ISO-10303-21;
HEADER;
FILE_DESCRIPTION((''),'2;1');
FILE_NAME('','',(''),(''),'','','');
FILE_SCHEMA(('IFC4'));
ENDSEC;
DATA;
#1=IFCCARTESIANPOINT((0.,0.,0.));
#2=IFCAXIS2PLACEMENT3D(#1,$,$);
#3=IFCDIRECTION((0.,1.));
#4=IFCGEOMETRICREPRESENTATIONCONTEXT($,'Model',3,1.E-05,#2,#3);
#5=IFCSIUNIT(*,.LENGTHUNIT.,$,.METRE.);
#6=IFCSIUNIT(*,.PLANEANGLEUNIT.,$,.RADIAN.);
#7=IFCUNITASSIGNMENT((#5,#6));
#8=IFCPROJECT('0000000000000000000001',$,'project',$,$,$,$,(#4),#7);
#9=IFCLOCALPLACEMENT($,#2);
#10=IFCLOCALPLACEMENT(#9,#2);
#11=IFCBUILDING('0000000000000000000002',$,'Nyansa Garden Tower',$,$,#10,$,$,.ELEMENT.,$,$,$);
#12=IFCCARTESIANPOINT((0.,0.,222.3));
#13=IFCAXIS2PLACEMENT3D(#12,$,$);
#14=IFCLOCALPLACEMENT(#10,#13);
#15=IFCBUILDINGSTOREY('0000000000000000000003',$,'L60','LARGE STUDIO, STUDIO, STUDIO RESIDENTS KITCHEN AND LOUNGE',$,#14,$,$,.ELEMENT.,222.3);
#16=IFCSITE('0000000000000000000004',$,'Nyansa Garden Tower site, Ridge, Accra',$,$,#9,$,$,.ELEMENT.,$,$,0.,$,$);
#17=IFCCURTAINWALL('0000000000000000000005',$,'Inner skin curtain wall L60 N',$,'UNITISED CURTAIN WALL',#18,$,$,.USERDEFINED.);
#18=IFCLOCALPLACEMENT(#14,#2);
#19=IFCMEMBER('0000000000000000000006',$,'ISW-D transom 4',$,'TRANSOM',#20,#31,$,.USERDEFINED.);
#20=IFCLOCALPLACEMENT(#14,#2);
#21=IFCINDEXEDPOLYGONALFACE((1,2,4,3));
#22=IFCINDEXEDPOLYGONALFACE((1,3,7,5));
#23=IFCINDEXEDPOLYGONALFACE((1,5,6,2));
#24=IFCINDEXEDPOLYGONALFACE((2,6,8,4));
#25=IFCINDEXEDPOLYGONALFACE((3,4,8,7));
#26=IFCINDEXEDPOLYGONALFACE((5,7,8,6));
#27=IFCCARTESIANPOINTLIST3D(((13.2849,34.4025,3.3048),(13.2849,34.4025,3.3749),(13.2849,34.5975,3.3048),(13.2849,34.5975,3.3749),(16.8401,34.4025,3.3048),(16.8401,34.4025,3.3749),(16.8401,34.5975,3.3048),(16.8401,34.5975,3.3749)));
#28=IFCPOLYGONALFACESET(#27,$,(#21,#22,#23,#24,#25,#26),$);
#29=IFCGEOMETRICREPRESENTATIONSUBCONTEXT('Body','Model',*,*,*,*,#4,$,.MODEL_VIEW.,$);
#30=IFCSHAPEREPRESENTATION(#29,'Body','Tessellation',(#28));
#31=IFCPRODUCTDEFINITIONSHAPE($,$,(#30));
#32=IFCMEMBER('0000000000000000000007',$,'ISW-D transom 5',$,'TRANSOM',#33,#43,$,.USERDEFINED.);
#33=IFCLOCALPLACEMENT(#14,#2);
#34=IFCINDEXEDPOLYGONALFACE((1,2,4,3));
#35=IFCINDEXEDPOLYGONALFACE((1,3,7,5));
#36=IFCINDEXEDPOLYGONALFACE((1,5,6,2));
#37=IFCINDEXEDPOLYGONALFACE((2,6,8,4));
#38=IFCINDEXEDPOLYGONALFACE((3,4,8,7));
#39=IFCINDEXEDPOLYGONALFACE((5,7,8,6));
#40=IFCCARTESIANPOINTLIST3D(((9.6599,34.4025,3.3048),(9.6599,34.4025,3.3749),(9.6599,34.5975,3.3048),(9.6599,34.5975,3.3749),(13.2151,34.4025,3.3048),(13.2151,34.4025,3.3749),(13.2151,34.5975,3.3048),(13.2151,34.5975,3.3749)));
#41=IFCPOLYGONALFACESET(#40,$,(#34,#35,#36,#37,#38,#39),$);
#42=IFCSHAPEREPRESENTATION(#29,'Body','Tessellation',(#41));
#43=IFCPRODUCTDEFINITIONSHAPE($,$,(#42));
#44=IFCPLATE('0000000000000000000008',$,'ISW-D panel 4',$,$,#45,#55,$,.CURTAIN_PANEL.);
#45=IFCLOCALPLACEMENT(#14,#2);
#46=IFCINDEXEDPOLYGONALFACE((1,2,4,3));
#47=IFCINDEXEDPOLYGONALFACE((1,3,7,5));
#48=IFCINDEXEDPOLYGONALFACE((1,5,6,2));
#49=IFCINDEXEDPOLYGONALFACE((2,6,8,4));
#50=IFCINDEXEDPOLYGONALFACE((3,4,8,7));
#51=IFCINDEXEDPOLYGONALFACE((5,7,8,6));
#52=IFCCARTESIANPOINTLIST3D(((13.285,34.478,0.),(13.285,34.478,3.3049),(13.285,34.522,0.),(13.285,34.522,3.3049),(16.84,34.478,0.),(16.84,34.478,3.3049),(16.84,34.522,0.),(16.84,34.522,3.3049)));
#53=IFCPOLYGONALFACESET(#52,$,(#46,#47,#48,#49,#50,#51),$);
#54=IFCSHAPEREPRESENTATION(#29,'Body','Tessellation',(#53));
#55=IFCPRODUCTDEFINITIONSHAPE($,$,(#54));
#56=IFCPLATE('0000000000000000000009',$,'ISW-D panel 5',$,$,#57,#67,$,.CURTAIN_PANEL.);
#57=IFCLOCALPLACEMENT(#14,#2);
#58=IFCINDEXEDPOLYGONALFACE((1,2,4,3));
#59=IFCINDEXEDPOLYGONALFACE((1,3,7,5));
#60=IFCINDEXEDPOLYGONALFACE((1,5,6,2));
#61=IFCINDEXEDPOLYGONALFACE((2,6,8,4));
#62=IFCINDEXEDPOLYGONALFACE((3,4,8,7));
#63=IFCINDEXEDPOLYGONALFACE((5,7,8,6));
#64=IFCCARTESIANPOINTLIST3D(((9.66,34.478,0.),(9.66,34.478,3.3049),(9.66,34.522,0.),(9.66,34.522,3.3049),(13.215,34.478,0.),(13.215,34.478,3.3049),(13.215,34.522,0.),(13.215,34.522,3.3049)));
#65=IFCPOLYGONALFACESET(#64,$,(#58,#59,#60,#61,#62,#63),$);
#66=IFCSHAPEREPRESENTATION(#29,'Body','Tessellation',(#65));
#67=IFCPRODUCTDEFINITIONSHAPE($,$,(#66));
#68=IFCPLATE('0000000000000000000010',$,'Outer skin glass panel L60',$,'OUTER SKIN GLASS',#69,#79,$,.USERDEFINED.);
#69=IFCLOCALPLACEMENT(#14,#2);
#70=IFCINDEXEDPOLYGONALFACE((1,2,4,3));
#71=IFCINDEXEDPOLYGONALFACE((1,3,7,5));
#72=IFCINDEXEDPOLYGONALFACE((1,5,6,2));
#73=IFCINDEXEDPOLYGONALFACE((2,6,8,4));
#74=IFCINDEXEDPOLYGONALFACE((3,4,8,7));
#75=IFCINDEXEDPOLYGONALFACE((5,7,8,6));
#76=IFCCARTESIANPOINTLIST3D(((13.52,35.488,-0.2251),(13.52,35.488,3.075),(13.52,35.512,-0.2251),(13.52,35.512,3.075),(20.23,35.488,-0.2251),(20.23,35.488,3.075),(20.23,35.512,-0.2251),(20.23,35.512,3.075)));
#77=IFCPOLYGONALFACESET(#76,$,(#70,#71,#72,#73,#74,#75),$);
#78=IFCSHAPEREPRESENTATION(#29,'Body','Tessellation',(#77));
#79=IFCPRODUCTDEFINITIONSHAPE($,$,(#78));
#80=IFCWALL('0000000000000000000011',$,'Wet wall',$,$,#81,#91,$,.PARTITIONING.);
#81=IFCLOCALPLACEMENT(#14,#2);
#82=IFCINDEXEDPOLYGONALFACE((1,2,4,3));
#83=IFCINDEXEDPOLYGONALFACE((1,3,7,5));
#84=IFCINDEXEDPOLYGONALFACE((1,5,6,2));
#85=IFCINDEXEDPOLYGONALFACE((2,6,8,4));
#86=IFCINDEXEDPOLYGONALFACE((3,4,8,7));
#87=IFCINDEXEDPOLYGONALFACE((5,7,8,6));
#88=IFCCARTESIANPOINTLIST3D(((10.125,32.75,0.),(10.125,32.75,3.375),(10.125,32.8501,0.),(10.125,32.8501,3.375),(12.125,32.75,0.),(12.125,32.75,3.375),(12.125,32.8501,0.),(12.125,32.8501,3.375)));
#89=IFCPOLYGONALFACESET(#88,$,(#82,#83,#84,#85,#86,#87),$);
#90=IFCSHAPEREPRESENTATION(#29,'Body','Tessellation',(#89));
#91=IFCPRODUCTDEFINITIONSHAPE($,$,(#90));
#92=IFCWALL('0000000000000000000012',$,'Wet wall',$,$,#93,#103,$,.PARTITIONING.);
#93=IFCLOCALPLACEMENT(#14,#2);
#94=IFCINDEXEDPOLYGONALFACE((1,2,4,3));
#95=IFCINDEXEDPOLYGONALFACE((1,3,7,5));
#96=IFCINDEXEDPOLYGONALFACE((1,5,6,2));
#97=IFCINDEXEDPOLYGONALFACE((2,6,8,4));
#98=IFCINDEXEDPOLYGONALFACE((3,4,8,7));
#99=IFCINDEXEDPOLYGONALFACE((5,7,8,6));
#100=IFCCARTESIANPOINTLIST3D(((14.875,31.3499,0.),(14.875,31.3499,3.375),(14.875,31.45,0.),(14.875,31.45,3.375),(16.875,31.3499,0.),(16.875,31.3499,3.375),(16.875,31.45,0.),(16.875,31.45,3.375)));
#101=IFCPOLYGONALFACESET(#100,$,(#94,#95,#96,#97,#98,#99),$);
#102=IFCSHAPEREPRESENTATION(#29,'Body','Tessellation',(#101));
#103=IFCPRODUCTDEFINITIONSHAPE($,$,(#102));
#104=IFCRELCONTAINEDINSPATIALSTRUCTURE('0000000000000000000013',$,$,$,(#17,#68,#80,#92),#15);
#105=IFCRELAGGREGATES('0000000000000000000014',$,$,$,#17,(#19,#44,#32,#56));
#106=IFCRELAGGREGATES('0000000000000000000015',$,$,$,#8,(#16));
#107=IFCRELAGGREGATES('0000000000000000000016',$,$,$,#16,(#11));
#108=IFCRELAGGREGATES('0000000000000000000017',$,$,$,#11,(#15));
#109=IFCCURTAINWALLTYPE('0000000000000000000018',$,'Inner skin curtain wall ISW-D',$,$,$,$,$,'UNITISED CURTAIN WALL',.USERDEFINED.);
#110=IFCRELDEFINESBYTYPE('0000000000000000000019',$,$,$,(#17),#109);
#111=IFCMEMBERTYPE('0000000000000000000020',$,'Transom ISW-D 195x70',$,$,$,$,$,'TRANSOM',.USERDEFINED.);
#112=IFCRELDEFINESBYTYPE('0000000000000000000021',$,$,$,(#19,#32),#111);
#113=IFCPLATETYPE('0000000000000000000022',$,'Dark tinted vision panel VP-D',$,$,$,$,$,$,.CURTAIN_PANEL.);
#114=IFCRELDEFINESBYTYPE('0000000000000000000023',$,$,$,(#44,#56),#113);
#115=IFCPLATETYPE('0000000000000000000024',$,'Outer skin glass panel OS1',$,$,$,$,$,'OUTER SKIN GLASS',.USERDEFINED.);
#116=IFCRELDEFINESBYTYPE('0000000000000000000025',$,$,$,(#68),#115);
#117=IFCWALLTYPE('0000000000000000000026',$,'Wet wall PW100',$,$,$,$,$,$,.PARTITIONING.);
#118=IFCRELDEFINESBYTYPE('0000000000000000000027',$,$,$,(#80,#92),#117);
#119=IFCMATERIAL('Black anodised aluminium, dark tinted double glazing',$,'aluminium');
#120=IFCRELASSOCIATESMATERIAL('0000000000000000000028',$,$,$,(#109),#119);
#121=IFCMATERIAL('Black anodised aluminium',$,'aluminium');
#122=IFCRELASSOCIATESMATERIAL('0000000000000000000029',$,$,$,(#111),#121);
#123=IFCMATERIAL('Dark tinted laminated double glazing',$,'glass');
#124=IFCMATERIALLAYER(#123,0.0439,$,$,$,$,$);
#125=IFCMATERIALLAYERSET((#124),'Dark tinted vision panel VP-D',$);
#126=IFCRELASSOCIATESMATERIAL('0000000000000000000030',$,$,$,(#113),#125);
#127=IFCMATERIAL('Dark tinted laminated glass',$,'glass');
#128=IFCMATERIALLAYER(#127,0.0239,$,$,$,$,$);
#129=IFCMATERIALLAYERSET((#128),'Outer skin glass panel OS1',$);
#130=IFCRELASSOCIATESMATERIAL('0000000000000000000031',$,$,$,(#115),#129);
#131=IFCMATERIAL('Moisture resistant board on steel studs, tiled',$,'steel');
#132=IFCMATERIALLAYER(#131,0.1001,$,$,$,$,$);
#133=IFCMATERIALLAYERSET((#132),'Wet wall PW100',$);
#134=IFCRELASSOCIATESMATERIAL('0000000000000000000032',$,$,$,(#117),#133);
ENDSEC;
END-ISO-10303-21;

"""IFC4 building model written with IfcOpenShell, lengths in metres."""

from ifc_helpers import new_model, si_unit, direction, frame, frame_2d, origin, origin_2d, place, context, subcontext, project, spatial, rectangle, extrude, material, layer, layer_set, material_profile, profile_set, type_object, element, aggregate, save


model = new_model("IFC4")

# Units and contexts
model_context = context("Model", 3, precision=1e-05, world=origin(), true_north=direction((0.0, 1.0)))
body_context = subcontext(model_context, "Body", "Model", "MODEL_VIEW")
ifc_project = project(units=[si_unit("LENGTHUNIT", "METRE"), si_unit("PLANEANGLEUNIT", "RADIAN")], contexts=[model_context])

# Site, building, storey
site_placement = place(None, origin())
site = spatial("IfcSite", under=ifc_project, at=site_placement, Name="Nyansa Garden Tower site, Ridge, Accra", CompositionType="ELEMENT", RefElevation=0.0)
building_placement = place(site_placement, origin())
building = spatial("IfcBuilding", under=site, at=building_placement, Name="Nyansa Garden Tower", CompositionType="ELEMENT")
storey_placement = place(building_placement, frame((0.0, 0.0, 222.3)))
storey = spatial("IfcBuildingStorey", under=building, at=storey_placement, Name="L60", Description="LARGE STUDIO, STUDIO, STUDIO RESIDENTS KITCHEN AND LOUNGE", CompositionType="ELEMENT", Elevation=222.3)

# Curtain wall
ifc_material_1 = material(Name="Black anodised aluminium, dark tinted double glazing", Category="aluminium")
curtain_wall_type = type_object("IfcCurtainWallType", Name="Inner skin curtain wall ISW-D", ElementType="UNITISED CURTAIN WALL", PredefinedType="USERDEFINED", material=ifc_material_1)
curtain_wall_placement = place(storey_placement, origin())
curtain_wall = element("IfcCurtainWall", 1, at=curtain_wall_placement, inside=storey, type_object=curtain_wall_type, Name="Inner skin curtain wall L60 N", ObjectType="UNITISED CURTAIN WALL", PredefinedType="USERDEFINED")

# Members
ifc_material_2 = material(Name="Black anodised aluminium", Category="aluminium")
ifc_material_profile_1 = material_profile(ifc_material_2, rectangle(XDim=0.1951, YDim=0.0701, at=origin_2d()), Name="Transom 195x70")
ifc_profile_set_1 = profile_set([ifc_material_profile_1], Name="Black anodised aluminium")
member_type_1 = type_object("IfcMemberType", Name="Transom ISW-D 195x70", ElementType="TRANSOM", PredefinedType="USERDEFINED", material=ifc_profile_set_1)
member_1_placement = place(storey_placement, frame((16.8401, 34.5, 3.3398), z_axis=(-1.0, 0.0, 0.0), x_axis=(0.0, -1.0, 0.0)))
member_1 = element("IfcMember", 2, at=member_1_placement, type_object=member_type_1, Name="ISW-D transom 4", ObjectType="TRANSOM", PredefinedType="USERDEFINED", context=body_context, shape_type="SweptSolid", body=[
    extrude(rectangle(XDim=0.1951, YDim=0.0701, at=origin_2d()), origin(), (0.0, 0.0, 1.0), 3.5552),
])
member_2_placement = place(storey_placement, frame((13.2151, 34.5, 3.3398), z_axis=(-1.0, 0.0, 0.0), x_axis=(0.0, -1.0, 0.0)))
member_2 = element("IfcMember", 3, at=member_2_placement, type_object=member_type_1, Name="ISW-D transom 5", ObjectType="TRANSOM", PredefinedType="USERDEFINED", context=body_context, shape_type="SweptSolid", body=[
    extrude(rectangle(XDim=0.1951, YDim=0.0701, at=origin_2d()), origin(), (0.0, 0.0, 1.0), 3.5552),
])

# Plates
ifc_material_3 = material(Name="Dark tinted laminated double glazing", Category="glass")
ifc_layer_1 = layer(ifc_material_3, 0.0439)
ifc_layer_set_1 = layer_set([ifc_layer_1], Name="Dark tinted vision panel VP-D")
plate_type_1 = type_object("IfcPlateType", Name="Dark tinted vision panel VP-D", PredefinedType="CURTAIN_PANEL", material=ifc_layer_set_1)
plate_1_placement = place(storey_placement, frame((15.0625, 34.5, 0.0), z_axis=(0.0, 0.0, 1.0), x_axis=(-1.0, 0.0, 0.0)))
plate_1 = element("IfcPlate", 4, at=plate_1_placement, type_object=plate_type_1, Name="ISW-D panel 4", PredefinedType="CURTAIN_PANEL", context=body_context, shape_type="SweptSolid", body=[
    extrude(rectangle(XDim=3.5549, YDim=0.0439, at=origin_2d()), origin(), (0.0, 0.0, 1.0), 3.3049),
])
plate_2_placement = place(storey_placement, frame((11.4375, 34.5, 0.0), z_axis=(0.0, 0.0, 1.0), x_axis=(-1.0, 0.0, 0.0)))
plate_2 = element("IfcPlate", 5, at=plate_2_placement, type_object=plate_type_1, Name="ISW-D panel 5", PredefinedType="CURTAIN_PANEL", context=body_context, shape_type="SweptSolid", body=[
    extrude(rectangle(XDim=3.5549, YDim=0.0439, at=origin_2d()), origin(), (0.0, 0.0, 1.0), 3.3049),
])
aggregate(curtain_wall, [member_1, plate_1, member_2, plate_2])
ifc_material_4 = material(Name="Dark tinted laminated glass", Category="glass")
ifc_layer_2 = layer(ifc_material_4, 0.0239)
ifc_layer_set_2 = layer_set([ifc_layer_2], Name="Outer skin glass panel OS1")
plate_type_2 = type_object("IfcPlateType", Name="Outer skin glass panel OS1", ElementType="OUTER SKIN GLASS", PredefinedType="USERDEFINED", material=ifc_layer_set_2)
plate_3_placement = place(storey_placement, frame((16.875, 35.5, -0.2251), z_axis=(0.0, 0.0, 1.0), x_axis=(1.0, 0.0, 0.0)))
element("IfcPlate", 6, at=plate_3_placement, inside=storey, type_object=plate_type_2, Name="Outer skin glass panel L60", ObjectType="OUTER SKIN GLASS", PredefinedType="USERDEFINED", context=body_context, shape_type="SweptSolid", body=[
    extrude(rectangle(XDim=6.71, YDim=0.0239, at=origin_2d()), origin(), (0.0, 0.0, 1.0), 3.3),
])

# Walls
ifc_material_5 = material(Name="Moisture resistant board on steel studs, tiled", Category="steel")
ifc_layer_3 = layer(ifc_material_5, 0.1001)
ifc_layer_set_3 = layer_set([ifc_layer_3], Name="Wet wall PW100")
wall_type = type_object("IfcWallType", Name="Wet wall PW100", PredefinedType="PARTITIONING", material=ifc_layer_set_3)
for number, where, z_axis, x_axis, name in (
    (7, (10.125, 32.8, 0.0), (0.0, 0.0, 1.0), (1.0, 0.0, 0.0), "Wet wall"),
    (8, (14.875, 31.3999, 0.0), (0.0, 0.0, 1.0), (1.0, 0.0, 0.0), "Wet wall"),
):
    element("IfcWall", number, at=place(storey_placement, frame(where, z_axis=z_axis, x_axis=x_axis)), inside=storey, type_object=wall_type, Name=name, PredefinedType="PARTITIONING", context=body_context, shape_type="SweptSolid", body=[
        extrude(rectangle(XDim=2.0, YDim=0.1001, at=frame_2d((1.0, 0.0))), origin(), (0.0, 0.0, 1.0), 3.375),
    ])

save(model, "model.ifc")
